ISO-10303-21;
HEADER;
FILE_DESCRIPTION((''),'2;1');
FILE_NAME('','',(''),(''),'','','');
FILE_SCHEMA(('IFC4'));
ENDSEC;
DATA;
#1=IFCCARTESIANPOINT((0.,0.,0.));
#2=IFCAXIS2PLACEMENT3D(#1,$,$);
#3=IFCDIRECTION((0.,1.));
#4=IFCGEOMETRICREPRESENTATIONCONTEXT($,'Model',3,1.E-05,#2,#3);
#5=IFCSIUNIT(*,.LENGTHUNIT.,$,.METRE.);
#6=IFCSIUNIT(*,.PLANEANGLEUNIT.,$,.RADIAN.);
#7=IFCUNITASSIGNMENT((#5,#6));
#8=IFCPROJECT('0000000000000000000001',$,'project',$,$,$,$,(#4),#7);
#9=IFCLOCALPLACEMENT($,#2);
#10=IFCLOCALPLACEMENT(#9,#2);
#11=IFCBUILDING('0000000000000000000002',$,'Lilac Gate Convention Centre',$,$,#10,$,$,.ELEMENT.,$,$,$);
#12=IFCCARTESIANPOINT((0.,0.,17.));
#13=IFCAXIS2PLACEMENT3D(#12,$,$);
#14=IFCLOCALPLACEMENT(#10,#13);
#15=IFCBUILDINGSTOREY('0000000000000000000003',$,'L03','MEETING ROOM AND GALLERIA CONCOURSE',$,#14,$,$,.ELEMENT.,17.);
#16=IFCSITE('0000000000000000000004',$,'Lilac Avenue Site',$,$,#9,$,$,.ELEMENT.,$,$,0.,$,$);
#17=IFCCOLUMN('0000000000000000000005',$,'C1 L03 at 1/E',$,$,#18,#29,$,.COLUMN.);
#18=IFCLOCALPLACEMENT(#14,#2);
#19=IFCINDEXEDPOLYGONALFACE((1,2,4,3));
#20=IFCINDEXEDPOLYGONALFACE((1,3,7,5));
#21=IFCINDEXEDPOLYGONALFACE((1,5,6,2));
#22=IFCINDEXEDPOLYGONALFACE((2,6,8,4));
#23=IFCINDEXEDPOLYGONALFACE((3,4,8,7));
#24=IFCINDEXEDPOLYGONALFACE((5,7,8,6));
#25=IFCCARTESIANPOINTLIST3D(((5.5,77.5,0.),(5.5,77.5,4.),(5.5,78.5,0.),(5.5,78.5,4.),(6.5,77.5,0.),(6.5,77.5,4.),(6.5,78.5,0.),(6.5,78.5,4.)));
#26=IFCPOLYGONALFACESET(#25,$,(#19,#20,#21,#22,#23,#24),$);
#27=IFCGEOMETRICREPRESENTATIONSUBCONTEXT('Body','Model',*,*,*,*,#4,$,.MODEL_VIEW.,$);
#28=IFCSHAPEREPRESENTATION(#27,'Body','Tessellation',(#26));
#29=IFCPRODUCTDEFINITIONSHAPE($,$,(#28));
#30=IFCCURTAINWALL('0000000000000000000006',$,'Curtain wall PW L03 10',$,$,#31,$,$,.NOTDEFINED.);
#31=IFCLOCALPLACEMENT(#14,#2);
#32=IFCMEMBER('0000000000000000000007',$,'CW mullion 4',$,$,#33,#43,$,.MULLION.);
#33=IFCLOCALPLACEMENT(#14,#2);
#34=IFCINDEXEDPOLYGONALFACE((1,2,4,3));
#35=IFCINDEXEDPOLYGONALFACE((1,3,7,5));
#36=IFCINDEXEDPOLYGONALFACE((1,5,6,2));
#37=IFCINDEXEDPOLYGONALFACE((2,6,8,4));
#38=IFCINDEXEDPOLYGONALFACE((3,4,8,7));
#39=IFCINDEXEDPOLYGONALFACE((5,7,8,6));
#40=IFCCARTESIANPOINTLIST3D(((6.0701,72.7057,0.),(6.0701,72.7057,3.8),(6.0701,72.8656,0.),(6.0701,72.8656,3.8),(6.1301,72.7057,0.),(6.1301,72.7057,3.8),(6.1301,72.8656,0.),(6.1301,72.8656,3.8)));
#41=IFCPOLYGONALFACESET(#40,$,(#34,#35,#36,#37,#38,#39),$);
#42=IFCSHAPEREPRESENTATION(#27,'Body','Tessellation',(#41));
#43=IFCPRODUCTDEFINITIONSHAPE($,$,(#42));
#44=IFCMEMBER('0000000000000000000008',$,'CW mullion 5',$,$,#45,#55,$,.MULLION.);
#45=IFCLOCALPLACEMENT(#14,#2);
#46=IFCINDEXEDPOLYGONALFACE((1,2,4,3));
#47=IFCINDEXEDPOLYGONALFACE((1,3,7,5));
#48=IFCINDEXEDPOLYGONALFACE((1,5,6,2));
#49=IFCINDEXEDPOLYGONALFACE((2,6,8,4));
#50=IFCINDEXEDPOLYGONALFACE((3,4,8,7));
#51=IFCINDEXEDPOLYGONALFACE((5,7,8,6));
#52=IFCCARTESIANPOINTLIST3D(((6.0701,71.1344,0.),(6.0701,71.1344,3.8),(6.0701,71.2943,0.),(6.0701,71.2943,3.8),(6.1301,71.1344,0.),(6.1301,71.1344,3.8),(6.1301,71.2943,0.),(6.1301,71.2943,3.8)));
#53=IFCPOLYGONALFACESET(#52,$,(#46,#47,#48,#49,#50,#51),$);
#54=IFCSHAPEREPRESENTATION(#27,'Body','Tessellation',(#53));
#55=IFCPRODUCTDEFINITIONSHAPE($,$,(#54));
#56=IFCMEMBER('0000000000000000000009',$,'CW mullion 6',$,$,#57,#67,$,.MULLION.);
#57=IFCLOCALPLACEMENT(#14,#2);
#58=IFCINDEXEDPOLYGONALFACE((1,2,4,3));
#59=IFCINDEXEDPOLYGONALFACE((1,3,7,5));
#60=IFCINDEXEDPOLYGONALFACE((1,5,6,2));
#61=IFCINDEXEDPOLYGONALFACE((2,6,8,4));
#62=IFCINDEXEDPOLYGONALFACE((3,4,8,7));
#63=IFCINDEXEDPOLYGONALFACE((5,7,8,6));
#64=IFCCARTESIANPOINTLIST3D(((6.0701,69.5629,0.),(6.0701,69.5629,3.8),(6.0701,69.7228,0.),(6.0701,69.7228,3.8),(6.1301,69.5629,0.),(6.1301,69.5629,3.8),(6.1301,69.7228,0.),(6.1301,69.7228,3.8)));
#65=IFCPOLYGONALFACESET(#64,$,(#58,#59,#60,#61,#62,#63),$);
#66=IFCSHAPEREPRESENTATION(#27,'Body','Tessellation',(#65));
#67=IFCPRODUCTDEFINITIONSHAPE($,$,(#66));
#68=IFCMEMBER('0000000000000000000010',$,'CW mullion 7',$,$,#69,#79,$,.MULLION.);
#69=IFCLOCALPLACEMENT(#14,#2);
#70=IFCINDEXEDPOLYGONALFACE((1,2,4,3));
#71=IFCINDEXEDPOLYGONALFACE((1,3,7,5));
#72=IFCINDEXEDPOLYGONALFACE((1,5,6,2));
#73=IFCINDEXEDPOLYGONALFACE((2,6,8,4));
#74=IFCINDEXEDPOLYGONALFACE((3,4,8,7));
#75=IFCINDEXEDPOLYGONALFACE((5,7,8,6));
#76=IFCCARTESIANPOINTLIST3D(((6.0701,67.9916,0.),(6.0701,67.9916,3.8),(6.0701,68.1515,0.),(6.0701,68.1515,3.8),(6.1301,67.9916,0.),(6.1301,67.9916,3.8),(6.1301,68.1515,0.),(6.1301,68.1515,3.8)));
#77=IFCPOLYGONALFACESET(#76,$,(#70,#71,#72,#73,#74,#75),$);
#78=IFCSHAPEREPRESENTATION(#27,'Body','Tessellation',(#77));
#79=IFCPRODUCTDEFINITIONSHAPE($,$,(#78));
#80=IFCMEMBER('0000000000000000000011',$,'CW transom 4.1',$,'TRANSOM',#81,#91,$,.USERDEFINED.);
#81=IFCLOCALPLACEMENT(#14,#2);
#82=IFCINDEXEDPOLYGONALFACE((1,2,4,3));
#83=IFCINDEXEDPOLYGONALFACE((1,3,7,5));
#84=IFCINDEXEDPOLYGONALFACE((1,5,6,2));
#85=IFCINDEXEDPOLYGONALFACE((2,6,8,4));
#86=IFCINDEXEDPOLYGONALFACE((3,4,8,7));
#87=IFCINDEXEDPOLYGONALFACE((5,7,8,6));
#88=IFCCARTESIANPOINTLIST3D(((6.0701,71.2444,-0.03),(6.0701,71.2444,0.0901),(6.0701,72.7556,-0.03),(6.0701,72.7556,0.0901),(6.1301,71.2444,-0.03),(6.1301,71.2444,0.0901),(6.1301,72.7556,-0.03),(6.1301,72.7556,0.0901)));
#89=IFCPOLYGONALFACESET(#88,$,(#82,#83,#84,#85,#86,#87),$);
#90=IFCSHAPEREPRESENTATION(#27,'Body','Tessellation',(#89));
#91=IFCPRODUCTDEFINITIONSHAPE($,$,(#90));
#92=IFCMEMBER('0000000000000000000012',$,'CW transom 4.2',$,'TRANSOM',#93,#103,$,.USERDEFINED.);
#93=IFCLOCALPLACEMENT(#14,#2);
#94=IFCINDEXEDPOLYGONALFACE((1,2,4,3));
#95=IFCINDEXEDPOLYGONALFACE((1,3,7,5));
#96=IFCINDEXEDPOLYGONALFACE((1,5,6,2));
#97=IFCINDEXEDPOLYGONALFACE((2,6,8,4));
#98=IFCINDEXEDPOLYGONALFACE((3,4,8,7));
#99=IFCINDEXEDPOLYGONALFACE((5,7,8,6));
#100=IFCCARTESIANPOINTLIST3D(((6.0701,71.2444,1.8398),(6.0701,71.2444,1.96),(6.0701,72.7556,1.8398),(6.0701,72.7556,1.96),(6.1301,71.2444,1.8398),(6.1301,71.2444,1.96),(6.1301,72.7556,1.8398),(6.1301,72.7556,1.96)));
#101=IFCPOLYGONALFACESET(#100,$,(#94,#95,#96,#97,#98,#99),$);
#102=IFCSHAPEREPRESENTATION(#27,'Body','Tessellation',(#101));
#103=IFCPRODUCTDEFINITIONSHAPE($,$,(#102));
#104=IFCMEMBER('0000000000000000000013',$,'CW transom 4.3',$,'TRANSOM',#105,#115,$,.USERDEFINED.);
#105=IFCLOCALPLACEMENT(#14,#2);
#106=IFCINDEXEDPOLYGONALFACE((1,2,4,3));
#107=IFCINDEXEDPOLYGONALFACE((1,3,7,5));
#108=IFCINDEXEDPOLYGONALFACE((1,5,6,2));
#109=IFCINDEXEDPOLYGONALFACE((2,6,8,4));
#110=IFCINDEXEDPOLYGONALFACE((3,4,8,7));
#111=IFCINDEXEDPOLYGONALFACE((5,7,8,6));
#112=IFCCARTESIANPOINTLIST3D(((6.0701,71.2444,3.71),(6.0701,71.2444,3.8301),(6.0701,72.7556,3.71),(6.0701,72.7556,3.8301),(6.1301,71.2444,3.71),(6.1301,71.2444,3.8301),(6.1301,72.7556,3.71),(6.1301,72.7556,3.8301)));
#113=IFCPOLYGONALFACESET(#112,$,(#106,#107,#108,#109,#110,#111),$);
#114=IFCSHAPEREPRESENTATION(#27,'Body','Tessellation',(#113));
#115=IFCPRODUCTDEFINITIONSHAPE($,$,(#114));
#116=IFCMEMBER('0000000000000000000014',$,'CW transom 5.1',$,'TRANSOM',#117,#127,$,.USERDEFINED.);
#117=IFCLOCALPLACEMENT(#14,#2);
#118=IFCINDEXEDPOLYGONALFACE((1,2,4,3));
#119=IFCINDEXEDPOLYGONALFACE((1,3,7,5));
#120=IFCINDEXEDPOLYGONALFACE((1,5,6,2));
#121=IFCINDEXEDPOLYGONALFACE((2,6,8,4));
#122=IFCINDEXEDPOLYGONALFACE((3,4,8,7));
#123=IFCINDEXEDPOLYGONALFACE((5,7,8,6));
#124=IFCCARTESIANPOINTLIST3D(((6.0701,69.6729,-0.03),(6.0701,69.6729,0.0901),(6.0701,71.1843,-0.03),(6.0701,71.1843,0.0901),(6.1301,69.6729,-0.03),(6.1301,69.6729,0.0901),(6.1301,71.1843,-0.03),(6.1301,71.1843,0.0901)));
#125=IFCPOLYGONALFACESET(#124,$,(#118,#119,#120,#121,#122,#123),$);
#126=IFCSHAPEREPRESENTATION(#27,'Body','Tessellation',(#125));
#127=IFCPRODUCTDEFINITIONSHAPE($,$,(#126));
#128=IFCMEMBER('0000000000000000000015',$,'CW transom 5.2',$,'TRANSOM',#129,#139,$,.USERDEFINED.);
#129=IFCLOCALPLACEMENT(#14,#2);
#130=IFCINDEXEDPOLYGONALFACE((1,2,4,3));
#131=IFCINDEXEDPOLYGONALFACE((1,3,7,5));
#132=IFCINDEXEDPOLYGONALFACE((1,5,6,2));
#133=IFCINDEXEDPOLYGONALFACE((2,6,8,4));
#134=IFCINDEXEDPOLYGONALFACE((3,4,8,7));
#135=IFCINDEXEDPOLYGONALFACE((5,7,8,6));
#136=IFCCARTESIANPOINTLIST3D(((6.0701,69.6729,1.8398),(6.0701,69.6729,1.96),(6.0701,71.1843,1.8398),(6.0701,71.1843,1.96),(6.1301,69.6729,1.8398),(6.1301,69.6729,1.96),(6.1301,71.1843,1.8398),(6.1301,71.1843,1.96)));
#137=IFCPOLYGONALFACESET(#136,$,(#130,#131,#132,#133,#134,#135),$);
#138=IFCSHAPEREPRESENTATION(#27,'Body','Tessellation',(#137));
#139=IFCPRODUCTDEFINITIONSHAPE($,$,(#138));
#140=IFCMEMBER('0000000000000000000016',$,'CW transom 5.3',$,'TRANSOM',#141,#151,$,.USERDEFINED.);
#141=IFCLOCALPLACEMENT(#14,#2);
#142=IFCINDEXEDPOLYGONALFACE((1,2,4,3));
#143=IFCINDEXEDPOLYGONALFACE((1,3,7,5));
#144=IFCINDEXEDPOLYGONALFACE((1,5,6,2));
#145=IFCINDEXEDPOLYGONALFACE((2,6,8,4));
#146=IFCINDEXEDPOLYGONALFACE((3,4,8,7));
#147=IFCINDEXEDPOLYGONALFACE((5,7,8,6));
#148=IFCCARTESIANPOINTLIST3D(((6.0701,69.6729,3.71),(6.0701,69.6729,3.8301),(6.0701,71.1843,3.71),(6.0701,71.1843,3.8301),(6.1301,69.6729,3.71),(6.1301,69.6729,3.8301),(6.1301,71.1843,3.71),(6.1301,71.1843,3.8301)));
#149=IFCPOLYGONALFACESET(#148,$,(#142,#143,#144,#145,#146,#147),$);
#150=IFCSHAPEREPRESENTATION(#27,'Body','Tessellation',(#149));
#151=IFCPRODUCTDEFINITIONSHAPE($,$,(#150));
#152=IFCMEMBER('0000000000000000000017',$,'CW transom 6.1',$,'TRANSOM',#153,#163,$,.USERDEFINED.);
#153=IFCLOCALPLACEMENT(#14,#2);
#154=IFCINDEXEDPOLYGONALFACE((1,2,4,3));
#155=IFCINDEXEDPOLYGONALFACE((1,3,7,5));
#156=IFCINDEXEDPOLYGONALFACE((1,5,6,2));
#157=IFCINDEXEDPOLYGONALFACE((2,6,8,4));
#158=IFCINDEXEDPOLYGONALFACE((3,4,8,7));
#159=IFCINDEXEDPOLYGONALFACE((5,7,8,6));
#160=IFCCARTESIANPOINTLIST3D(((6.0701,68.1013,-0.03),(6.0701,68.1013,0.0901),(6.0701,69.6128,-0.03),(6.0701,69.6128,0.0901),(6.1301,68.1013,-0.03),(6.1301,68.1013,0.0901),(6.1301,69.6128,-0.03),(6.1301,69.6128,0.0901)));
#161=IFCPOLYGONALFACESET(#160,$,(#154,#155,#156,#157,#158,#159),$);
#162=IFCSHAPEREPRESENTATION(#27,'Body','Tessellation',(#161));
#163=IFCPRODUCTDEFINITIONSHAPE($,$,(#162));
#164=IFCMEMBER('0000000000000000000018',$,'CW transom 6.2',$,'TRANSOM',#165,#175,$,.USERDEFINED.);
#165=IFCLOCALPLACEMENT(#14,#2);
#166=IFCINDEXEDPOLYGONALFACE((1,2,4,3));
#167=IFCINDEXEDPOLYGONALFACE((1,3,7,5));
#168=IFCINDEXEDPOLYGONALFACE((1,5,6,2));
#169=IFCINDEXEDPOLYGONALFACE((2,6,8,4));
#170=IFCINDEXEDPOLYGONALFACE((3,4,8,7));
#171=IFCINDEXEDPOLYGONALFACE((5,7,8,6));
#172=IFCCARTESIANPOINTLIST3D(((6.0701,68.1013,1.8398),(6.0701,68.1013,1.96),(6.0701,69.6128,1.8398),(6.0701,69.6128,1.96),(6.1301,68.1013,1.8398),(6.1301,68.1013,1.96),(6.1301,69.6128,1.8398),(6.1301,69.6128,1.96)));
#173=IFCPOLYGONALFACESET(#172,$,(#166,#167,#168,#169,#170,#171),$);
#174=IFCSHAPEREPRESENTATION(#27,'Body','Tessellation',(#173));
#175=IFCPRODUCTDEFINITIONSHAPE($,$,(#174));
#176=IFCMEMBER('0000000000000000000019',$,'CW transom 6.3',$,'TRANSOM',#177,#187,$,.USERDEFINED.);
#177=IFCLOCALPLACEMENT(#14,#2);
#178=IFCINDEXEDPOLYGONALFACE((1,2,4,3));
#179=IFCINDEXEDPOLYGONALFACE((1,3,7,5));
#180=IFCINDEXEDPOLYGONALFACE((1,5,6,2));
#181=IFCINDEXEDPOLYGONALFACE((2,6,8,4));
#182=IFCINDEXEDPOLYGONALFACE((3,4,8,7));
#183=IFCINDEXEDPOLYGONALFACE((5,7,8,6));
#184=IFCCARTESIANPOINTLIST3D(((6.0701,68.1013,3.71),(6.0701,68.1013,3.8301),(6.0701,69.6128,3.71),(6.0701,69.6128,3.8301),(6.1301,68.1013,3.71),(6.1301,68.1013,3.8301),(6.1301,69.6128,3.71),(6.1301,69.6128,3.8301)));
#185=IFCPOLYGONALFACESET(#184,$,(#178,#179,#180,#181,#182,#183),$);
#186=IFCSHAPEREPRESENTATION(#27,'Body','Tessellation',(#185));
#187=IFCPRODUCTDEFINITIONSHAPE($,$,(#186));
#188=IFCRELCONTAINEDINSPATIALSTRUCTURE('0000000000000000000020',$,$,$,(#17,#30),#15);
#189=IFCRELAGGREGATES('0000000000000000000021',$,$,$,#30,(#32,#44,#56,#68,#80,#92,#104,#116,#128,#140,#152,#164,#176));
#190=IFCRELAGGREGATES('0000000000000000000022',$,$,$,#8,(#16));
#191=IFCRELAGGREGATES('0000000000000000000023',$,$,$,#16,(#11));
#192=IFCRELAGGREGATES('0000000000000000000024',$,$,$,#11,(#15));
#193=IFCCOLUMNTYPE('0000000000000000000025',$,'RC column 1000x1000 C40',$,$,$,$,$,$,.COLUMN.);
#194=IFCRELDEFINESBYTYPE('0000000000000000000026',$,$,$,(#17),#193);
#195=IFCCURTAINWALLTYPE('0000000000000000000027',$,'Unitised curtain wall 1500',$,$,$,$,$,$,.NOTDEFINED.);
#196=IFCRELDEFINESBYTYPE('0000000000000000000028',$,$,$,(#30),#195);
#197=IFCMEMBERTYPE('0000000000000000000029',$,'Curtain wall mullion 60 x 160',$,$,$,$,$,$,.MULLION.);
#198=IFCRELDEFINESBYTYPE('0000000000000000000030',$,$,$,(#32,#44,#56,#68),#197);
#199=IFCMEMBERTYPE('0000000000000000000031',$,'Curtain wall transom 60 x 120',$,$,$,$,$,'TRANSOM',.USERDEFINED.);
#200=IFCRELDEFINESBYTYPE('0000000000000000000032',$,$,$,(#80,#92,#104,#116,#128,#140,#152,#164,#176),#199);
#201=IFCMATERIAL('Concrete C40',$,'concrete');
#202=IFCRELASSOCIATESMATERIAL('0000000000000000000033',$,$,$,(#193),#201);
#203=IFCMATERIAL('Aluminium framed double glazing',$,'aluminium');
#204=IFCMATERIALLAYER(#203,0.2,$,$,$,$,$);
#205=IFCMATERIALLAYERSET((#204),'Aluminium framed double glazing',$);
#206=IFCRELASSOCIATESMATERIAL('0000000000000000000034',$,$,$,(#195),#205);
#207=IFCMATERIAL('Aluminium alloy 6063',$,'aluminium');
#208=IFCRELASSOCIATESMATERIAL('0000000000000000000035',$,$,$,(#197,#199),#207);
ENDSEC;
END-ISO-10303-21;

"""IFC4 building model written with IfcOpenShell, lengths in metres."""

from ifc_helpers import new_model, si_unit, direction, frame, origin, origin_2d, place, context, subcontext, project, spatial, rectangle, extrude, material, layer, layer_set, material_profile, profile_set, type_object, element, aggregate, save


model = new_model("IFC4")

# Units and contexts
model_context = context("Model", 3, precision=1e-05, world=origin(), true_north=direction((0.0, 1.0)))
body_context = subcontext(model_context, "Body", "Model", "MODEL_VIEW")
ifc_project = project(units=[si_unit("LENGTHUNIT", "METRE"), si_unit("PLANEANGLEUNIT", "RADIAN")], contexts=[model_context])

# Site, building, storey
site_placement = place(None, origin())
site = spatial("IfcSite", under=ifc_project, at=site_placement, Name="Lilac Avenue Site", CompositionType="ELEMENT", RefElevation=0.0)
building_placement = place(site_placement, origin())
building = spatial("IfcBuilding", under=site, at=building_placement, Name="Lilac Gate Convention Centre", CompositionType="ELEMENT")
storey_placement = place(building_placement, frame((0.0, 0.0, 17.0)))
storey = spatial("IfcBuildingStorey", under=building, at=storey_placement, Name="L03", Description="MEETING ROOM AND GALLERIA CONCOURSE", CompositionType="ELEMENT", Elevation=17.0)

# Column
ifc_material_1 = material(Name="Concrete C40", Category="concrete")
ifc_material_profile_1 = material_profile(ifc_material_1, rectangle(XDim=1.0, YDim=1.0, at=origin_2d()), Name="RC 1000x1000")
ifc_profile_set_1 = profile_set([ifc_material_profile_1], Name="Concrete C40")
column_type = type_object("IfcColumnType", Name="RC column 1000x1000 C40", PredefinedType="COLUMN", material=ifc_profile_set_1)
column_placement = place(storey_placement, frame((6.0, 78.0, 0.0), z_axis=(0.0, 0.0, 1.0), x_axis=(1.0, 0.0, 0.0)))
element("IfcColumn", 1, at=column_placement, inside=storey, type_object=column_type, Name="C1 L03 at 1/E", PredefinedType="COLUMN", context=body_context, shape_type="SweptSolid", body=[
    extrude(rectangle(XDim=1.0, YDim=1.0, at=origin_2d()), origin(), (0.0, 0.0, 1.0), 4.0),
])

# Curtain wall, members
ifc_material_2 = material(Name="Aluminium framed double glazing", Category="aluminium")
ifc_layer_1 = layer(ifc_material_2, 0.2)
ifc_layer_set_1 = layer_set([ifc_layer_1], Name="Aluminium framed double glazing")
curtain_wall_type = type_object("IfcCurtainWallType", Name="Unitised curtain wall 1500", PredefinedType="NOTDEFINED", material=ifc_layer_set_1)
curtain_wall_placement = place(storey_placement, origin())
curtain_wall = element("IfcCurtainWall", 2, at=curtain_wall_placement, inside=storey, type_object=curtain_wall_type, Name="Curtain wall PW L03 10", PredefinedType="NOTDEFINED")
ifc_material_3 = material(Name="Aluminium alloy 6063", Category="aluminium")
ifc_material_profile_2 = material_profile(ifc_material_3, rectangle(XDim=0.0601, YDim=0.1599, at=origin_2d()), Name="Curtain wall mullion 60 x 160")
ifc_profile_set_2 = profile_set([ifc_material_profile_2], Name="Aluminium alloy 6063")
member_type_1 = type_object("IfcMemberType", Name="Curtain wall mullion 60 x 160", PredefinedType="MULLION", material=ifc_profile_set_2)
member_1_placement = place(storey_placement, frame((6.1001, 72.7856, 0.0), z_axis=(0.0, 0.0, 1.0), x_axis=(1.0, 0.0, 0.0)))
member_1 = element("IfcMember", 3, at=member_1_placement, type_object=member_type_1, Name="CW mullion 4", PredefinedType="MULLION", context=body_context, shape_type="SweptSolid", body=[
    extrude(rectangle(XDim=0.0601, YDim=0.1599, at=origin_2d()), origin(), (0.0, 0.0, 1.0), 3.8),
])
member_2_placement = place(storey_placement, frame((6.1001, 71.2144, 0.0), z_axis=(0.0, 0.0, 1.0), x_axis=(1.0, 0.0, 0.0)))
member_2 = element("IfcMember", 4, at=member_2_placement, type_object=member_type_1, Name="CW mullion 5", PredefinedType="MULLION", context=body_context, shape_type="SweptSolid", body=[
    extrude(rectangle(XDim=0.0601, YDim=0.1599, at=origin_2d()), origin(), (0.0, 0.0, 1.0), 3.8),
])
member_3_placement = place(storey_placement, frame((6.1001, 69.6428, 0.0), z_axis=(0.0, 0.0, 1.0), x_axis=(1.0, 0.0, 0.0)))
member_3 = element("IfcMember", 5, at=member_3_placement, type_object=member_type_1, Name="CW mullion 6", PredefinedType="MULLION", context=body_context, shape_type="SweptSolid", body=[
    extrude(rectangle(XDim=0.0601, YDim=0.1599, at=origin_2d()), origin(), (0.0, 0.0, 1.0), 3.8),
])
member_4_placement = place(storey_placement, frame((6.1001, 68.0715, 0.0), z_axis=(0.0, 0.0, 1.0), x_axis=(1.0, 0.0, 0.0)))
member_4 = element("IfcMember", 6, at=member_4_placement, type_object=member_type_1, Name="CW mullion 7", PredefinedType="MULLION", context=body_context, shape_type="SweptSolid", body=[
    extrude(rectangle(XDim=0.0601, YDim=0.1599, at=origin_2d()), origin(), (0.0, 0.0, 1.0), 3.8),
])
ifc_material_profile_3 = material_profile(ifc_material_3, rectangle(XDim=0.0601, YDim=0.1201, at=origin_2d()), Name="Curtain wall transom 60 x 120")
ifc_profile_set_3 = profile_set([ifc_material_profile_3], Name="Aluminium alloy 6063")
member_type_2 = type_object("IfcMemberType", Name="Curtain wall transom 60 x 120", ElementType="TRANSOM", PredefinedType="USERDEFINED", material=ifc_profile_set_3)
member_5_placement = place(storey_placement, frame((6.1001, 72.7556, 0.03), z_axis=(0.0, -1.0, 0.0), x_axis=(1.0, 0.0, 0.0)))
member_5 = element("IfcMember", 7, at=member_5_placement, type_object=member_type_2, Name="CW transom 4.1", ObjectType="TRANSOM", PredefinedType="USERDEFINED", context=body_context, shape_type="SweptSolid", body=[
    extrude(rectangle(XDim=0.0601, YDim=0.1201, at=origin_2d()), origin(), (0.0, 0.0, 1.0), 1.5112),
])
member_6_placement = place(storey_placement, frame((6.1001, 72.7556, 1.8999), z_axis=(0.0, -1.0, 0.0), x_axis=(1.0, 0.0, 0.0)))
member_6 = element("IfcMember", 8, at=member_6_placement, type_object=member_type_2, Name="CW transom 4.2", ObjectType="TRANSOM", PredefinedType="USERDEFINED", context=body_context, shape_type="SweptSolid", body=[
    extrude(rectangle(XDim=0.0601, YDim=0.1201, at=origin_2d()), origin(), (0.0, 0.0, 1.0), 1.5112),
])
member_7_placement = place(storey_placement, frame((6.1001, 72.7556, 3.77), z_axis=(0.0, -1.0, 0.0), x_axis=(1.0, 0.0, 0.0)))
member_7 = element("IfcMember", 9, at=member_7_placement, type_object=member_type_2, Name="CW transom 4.3", ObjectType="TRANSOM", PredefinedType="USERDEFINED", context=body_context, shape_type="SweptSolid", body=[
    extrude(rectangle(XDim=0.0601, YDim=0.1201, at=origin_2d()), origin(), (0.0, 0.0, 1.0), 1.5112),
])
member_8_placement = place(storey_placement, frame((6.1001, 71.1843, 0.03), z_axis=(0.0, -1.0, 0.0), x_axis=(1.0, 0.0, 0.0)))
member_8 = element("IfcMember", 10, at=member_8_placement, type_object=member_type_2, Name="CW transom 5.1", ObjectType="TRANSOM", PredefinedType="USERDEFINED", context=body_context, shape_type="SweptSolid", body=[
    extrude(rectangle(XDim=0.0601, YDim=0.1201, at=origin_2d()), origin(), (0.0, 0.0, 1.0), 1.5115),
])
member_9_placement = place(storey_placement, frame((6.1001, 71.1843, 1.8999), z_axis=(0.0, -1.0, 0.0), x_axis=(1.0, 0.0, 0.0)))
member_9 = element("IfcMember", 11, at=member_9_placement, type_object=member_type_2, Name="CW transom 5.2", ObjectType="TRANSOM", PredefinedType="USERDEFINED", context=body_context, shape_type="SweptSolid", body=[
    extrude(rectangle(XDim=0.0601, YDim=0.1201, at=origin_2d()), origin(), (0.0, 0.0, 1.0), 1.5115),
])
member_10_placement = place(storey_placement, frame((6.1001, 71.1843, 3.77), z_axis=(0.0, -1.0, 0.0), x_axis=(1.0, 0.0, 0.0)))
member_10 = element("IfcMember", 12, at=member_10_placement, type_object=member_type_2, Name="CW transom 5.3", ObjectType="TRANSOM", PredefinedType="USERDEFINED", context=body_context, shape_type="SweptSolid", body=[
    extrude(rectangle(XDim=0.0601, YDim=0.1201, at=origin_2d()), origin(), (0.0, 0.0, 1.0), 1.5115),
])
member_11_placement = place(storey_placement, frame((6.1001, 69.6128, 0.03), z_axis=(0.0, -1.0, 0.0), x_axis=(1.0, 0.0, 0.0)))
member_11 = element("IfcMember", 13, at=member_11_placement, type_object=member_type_2, Name="CW transom 6.1", ObjectType="TRANSOM", PredefinedType="USERDEFINED", context=body_context, shape_type="SweptSolid", body=[
    extrude(rectangle(XDim=0.0601, YDim=0.1201, at=origin_2d()), origin(), (0.0, 0.0, 1.0), 1.5115),
])
member_12_placement = place(storey_placement, frame((6.1001, 69.6128, 1.8999), z_axis=(0.0, -1.0, 0.0), x_axis=(1.0, 0.0, 0.0)))
member_12 = element("IfcMember", 14, at=member_12_placement, type_object=member_type_2, Name="CW transom 6.2", ObjectType="TRANSOM", PredefinedType="USERDEFINED", context=body_context, shape_type="SweptSolid", body=[
    extrude(rectangle(XDim=0.0601, YDim=0.1201, at=origin_2d()), origin(), (0.0, 0.0, 1.0), 1.5115),
])
member_13_placement = place(storey_placement, frame((6.1001, 69.6128, 3.77), z_axis=(0.0, -1.0, 0.0), x_axis=(1.0, 0.0, 0.0)))
member_13 = element("IfcMember", 15, at=member_13_placement, type_object=member_type_2, Name="CW transom 6.3", ObjectType="TRANSOM", PredefinedType="USERDEFINED", context=body_context, shape_type="SweptSolid", body=[
    extrude(rectangle(XDim=0.0601, YDim=0.1201, at=origin_2d()), origin(), (0.0, 0.0, 1.0), 1.5115),
])
aggregate(curtain_wall, [member_1, member_2, member_3, member_4, member_5, member_6, member_7, member_8, member_9, member_10, member_11, member_12, member_13])

save(model, "model.ifc")
